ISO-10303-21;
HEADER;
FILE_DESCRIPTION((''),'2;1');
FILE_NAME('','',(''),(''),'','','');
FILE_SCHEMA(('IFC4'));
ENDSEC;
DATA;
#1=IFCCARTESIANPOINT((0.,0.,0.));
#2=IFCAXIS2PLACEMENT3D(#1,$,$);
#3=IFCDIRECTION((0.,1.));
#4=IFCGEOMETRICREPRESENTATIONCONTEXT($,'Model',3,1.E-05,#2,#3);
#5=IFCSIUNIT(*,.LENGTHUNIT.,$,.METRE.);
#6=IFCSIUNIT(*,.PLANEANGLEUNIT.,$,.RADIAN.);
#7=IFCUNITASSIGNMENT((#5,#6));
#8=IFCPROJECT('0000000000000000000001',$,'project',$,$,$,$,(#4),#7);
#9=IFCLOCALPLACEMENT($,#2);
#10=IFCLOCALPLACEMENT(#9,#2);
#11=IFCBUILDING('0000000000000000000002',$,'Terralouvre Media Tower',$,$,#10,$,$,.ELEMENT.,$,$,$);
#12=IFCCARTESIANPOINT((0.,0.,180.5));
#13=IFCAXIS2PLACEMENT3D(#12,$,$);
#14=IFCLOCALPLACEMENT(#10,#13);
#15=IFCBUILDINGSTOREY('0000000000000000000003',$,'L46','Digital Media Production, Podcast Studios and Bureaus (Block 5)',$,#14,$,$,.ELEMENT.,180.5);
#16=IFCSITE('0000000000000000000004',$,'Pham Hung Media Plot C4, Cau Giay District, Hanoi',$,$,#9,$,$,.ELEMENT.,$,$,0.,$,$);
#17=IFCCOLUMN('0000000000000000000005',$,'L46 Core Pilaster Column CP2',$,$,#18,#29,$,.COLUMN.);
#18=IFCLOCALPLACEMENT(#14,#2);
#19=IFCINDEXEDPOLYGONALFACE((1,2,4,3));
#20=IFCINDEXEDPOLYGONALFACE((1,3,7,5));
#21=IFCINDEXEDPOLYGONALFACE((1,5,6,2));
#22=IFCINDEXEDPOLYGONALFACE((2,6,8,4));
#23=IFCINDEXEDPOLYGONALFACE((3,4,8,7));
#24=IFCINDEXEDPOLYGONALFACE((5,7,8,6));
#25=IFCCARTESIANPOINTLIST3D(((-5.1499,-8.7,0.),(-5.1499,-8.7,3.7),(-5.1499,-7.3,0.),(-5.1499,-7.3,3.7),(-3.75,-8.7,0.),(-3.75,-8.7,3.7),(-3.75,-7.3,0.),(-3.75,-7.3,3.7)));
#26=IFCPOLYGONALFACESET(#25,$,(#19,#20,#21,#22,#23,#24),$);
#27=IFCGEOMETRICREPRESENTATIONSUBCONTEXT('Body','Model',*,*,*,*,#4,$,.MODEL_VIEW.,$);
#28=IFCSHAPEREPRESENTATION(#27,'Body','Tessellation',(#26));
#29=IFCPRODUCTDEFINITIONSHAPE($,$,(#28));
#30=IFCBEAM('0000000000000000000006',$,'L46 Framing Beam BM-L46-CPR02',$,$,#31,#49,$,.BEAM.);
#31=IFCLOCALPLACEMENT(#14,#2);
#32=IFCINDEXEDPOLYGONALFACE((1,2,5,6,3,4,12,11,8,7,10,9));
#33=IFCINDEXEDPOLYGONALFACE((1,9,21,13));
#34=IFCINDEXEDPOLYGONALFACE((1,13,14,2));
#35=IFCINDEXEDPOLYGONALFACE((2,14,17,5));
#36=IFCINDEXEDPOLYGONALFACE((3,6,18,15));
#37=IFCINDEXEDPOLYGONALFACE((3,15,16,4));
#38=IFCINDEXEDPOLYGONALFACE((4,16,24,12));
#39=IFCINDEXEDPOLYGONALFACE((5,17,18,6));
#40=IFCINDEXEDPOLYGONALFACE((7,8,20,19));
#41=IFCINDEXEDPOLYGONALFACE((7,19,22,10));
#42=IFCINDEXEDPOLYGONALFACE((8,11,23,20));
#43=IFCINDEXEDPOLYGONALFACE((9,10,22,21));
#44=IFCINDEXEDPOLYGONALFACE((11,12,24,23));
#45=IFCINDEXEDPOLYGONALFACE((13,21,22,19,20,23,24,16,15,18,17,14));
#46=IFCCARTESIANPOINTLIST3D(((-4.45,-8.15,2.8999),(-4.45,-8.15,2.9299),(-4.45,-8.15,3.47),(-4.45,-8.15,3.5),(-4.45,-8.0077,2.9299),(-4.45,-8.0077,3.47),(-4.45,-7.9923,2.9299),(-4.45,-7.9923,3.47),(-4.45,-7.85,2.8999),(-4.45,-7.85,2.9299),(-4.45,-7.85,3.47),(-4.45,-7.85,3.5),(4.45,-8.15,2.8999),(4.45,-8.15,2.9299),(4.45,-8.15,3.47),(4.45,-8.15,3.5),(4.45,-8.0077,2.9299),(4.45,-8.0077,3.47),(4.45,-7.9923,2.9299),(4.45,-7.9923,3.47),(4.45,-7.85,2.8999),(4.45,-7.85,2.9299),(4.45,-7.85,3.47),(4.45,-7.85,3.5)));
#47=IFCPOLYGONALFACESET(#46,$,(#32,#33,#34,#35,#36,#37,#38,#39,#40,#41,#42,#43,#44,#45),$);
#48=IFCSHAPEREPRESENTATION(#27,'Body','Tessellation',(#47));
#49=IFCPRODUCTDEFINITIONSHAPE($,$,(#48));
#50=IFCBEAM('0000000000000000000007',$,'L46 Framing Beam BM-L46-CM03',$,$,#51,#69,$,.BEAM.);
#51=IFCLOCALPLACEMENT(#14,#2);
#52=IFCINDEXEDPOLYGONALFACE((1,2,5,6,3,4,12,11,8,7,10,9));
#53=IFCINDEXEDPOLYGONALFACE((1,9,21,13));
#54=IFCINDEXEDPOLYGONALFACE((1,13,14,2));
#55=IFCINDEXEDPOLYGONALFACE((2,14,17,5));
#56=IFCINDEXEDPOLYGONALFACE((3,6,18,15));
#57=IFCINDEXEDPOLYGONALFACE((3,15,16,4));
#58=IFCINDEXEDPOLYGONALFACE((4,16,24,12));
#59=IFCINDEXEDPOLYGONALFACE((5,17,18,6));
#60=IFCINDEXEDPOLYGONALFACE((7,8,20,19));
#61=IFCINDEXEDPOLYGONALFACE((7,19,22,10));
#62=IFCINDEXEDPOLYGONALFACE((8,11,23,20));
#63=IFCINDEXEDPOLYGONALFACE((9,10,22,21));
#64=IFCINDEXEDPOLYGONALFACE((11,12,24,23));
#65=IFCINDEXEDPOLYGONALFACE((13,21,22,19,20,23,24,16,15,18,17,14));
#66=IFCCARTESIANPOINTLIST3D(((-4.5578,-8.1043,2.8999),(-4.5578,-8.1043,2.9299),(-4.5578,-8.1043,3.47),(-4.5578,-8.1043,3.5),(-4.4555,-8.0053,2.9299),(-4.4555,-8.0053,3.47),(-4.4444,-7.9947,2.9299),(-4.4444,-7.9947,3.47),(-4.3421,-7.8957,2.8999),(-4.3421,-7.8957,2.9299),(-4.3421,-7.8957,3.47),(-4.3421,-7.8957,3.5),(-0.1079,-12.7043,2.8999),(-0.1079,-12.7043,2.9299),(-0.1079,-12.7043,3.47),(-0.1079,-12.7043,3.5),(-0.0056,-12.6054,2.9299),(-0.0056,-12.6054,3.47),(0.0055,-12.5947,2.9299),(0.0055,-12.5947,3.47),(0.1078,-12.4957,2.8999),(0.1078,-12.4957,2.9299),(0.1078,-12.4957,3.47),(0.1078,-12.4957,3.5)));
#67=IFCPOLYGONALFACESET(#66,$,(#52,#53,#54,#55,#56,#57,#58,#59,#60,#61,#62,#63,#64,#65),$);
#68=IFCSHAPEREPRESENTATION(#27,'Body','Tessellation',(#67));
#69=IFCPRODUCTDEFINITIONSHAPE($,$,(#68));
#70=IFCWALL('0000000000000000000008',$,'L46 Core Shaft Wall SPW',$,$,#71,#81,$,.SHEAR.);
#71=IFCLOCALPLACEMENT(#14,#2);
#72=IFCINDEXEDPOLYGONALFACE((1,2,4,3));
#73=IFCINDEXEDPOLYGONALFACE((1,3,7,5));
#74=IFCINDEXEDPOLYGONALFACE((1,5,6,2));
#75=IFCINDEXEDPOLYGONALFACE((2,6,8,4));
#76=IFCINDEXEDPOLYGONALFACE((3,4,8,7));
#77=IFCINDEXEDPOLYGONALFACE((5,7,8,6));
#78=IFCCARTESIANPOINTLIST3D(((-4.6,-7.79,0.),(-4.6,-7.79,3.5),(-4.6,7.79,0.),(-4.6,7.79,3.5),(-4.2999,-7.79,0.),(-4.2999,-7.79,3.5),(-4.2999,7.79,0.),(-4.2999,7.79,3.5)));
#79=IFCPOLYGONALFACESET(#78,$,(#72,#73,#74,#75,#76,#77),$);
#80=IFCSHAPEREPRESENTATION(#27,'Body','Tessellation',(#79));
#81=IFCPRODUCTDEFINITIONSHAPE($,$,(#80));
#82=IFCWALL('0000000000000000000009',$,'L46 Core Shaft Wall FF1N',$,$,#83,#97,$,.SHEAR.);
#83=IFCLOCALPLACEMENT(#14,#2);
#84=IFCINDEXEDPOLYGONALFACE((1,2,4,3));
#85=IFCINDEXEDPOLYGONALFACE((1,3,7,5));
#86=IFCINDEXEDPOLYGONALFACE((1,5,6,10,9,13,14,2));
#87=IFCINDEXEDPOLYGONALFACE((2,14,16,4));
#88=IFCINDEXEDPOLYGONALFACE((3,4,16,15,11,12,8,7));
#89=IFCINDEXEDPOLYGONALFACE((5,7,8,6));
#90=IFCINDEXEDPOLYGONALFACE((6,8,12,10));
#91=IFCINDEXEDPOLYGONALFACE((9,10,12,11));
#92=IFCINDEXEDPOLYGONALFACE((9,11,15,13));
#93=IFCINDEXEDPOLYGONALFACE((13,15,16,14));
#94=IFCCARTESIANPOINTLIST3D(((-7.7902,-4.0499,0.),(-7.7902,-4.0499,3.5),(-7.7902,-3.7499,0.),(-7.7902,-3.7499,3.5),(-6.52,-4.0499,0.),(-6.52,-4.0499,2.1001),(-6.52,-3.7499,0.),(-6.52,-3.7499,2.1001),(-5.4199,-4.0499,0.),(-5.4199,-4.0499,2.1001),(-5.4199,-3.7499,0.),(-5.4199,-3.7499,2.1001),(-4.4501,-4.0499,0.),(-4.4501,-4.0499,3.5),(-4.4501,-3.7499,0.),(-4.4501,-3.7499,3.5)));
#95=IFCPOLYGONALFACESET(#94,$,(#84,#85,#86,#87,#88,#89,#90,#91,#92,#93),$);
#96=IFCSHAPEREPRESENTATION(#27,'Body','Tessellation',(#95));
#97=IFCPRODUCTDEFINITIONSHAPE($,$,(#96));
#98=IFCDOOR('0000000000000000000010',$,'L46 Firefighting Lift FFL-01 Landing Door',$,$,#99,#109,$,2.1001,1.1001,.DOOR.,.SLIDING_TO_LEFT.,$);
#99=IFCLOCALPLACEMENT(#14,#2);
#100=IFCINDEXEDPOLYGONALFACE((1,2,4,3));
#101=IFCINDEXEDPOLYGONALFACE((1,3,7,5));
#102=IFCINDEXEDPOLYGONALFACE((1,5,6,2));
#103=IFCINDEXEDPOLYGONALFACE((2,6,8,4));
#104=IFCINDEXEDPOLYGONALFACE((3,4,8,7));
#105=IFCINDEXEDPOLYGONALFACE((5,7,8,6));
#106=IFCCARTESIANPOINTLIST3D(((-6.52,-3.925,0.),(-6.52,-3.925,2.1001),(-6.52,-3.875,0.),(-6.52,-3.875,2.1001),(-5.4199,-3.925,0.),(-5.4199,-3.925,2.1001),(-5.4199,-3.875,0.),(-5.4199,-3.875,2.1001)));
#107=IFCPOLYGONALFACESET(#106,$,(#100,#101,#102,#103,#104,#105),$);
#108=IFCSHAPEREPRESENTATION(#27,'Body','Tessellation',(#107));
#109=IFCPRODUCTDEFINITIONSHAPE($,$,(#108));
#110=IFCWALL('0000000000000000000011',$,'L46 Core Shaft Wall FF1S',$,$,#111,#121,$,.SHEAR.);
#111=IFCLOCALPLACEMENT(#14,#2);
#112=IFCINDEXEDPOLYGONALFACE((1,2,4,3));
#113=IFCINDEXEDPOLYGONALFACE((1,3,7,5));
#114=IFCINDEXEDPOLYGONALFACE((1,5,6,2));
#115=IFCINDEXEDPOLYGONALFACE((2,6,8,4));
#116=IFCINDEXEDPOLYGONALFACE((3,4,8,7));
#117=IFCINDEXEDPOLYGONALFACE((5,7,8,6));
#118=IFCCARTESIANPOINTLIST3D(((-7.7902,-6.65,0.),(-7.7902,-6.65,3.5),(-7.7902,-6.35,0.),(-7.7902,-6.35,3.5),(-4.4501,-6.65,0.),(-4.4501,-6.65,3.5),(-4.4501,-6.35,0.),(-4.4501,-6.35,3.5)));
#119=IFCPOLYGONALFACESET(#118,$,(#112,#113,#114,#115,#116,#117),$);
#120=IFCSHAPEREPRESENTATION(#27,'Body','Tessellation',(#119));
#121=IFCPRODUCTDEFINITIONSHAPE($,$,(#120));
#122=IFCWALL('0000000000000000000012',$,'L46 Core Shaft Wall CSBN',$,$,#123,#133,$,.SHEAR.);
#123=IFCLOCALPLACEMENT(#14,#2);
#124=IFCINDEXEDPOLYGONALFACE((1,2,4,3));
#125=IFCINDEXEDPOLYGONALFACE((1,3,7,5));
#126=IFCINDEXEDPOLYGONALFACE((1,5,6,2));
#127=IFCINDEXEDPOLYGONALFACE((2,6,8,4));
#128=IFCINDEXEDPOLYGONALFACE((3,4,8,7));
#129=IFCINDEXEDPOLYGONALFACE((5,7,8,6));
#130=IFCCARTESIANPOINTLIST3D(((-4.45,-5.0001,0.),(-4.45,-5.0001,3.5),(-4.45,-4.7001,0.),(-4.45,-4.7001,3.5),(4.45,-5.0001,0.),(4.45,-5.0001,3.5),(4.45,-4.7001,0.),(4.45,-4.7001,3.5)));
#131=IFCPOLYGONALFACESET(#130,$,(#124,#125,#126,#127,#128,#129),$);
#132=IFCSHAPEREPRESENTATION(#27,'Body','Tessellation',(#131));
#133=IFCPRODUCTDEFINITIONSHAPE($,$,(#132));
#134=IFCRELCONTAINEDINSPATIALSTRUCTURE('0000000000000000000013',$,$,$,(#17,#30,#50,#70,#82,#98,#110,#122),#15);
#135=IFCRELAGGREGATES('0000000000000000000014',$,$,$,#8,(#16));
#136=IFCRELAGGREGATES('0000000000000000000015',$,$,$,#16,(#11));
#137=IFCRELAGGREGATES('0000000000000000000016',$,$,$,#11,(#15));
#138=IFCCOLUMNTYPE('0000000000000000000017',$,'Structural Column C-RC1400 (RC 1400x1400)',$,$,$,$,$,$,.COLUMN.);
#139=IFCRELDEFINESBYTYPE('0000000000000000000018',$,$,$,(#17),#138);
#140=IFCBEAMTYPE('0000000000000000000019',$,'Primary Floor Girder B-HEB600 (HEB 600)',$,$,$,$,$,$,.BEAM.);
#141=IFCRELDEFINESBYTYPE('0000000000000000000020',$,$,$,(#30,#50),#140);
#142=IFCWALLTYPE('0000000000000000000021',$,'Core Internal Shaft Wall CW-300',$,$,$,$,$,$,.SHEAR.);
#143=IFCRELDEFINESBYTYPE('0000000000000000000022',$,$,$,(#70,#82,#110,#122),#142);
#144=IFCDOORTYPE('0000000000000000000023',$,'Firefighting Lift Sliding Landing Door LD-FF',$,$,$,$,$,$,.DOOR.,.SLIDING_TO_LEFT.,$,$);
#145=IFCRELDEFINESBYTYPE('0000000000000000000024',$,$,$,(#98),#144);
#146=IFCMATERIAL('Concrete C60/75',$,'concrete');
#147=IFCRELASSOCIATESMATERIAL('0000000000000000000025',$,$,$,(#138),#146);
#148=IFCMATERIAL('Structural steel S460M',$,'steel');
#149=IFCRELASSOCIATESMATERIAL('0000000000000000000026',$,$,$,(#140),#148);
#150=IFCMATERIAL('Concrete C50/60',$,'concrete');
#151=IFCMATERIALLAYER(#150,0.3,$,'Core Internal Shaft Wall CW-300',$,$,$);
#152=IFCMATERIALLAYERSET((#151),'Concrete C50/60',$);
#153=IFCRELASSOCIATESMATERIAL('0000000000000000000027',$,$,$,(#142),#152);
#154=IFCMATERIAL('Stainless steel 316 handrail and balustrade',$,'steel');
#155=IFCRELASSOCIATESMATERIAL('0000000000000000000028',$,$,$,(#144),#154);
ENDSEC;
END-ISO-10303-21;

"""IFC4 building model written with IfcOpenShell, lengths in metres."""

from ifc_helpers import new_model, si_unit, direction, frame, frame_2d, origin, origin_2d, place, context, subcontext, project, spatial, rectangle, i_section, extrude, material, layer, layer_set, material_profile, profile_set, type_object, element, fill, save


model = new_model("IFC4")

# Units and contexts
model_context = context("Model", 3, precision=1e-05, world=origin(), true_north=direction((0.0, 1.0)))
body_context = subcontext(model_context, "Body", "Model", "MODEL_VIEW")
ifc_project = project(units=[si_unit("LENGTHUNIT", "METRE"), si_unit("PLANEANGLEUNIT", "RADIAN")], contexts=[model_context])

# Site, building, storey
site_placement = place(None, origin())
site = spatial("IfcSite", under=ifc_project, at=site_placement, Name="Pham Hung Media Plot C4, Cau Giay District, Hanoi", CompositionType="ELEMENT", RefElevation=0.0)
building_placement = place(site_placement, origin())
building = spatial("IfcBuilding", under=site, at=building_placement, Name="Terralouvre Media Tower", CompositionType="ELEMENT")
storey_placement = place(building_placement, frame((0.0, 0.0, 180.5)))
storey = spatial("IfcBuildingStorey", under=building, at=storey_placement, Name="L46", Description="Digital Media Production, Podcast Studios and Bureaus (Block 5)", CompositionType="ELEMENT", Elevation=180.5)

# Column
ifc_material_1 = material(Name="Concrete C60/75", Category="concrete")
ifc_material_profile_1 = material_profile(ifc_material_1, rectangle(XDim=1.3999, YDim=1.3999, at=origin_2d()), Name="RC 1400x1400")
ifc_profile_set_1 = profile_set([ifc_material_profile_1], Name="Concrete C60/75")
column_type = type_object("IfcColumnType", Name="Structural Column C-RC1400 (RC 1400x1400)", PredefinedType="COLUMN", material=ifc_profile_set_1)
column_placement = place(storey_placement, frame((-4.45, -8.0, 0.0), z_axis=(0.0, 0.0, 1.0), x_axis=(1.0, 0.0, 0.0)))
element("IfcColumn", 1, at=column_placement, inside=storey, type_object=column_type, Name="L46 Core Pilaster Column CP2", PredefinedType="COLUMN", context=body_context, shape_type="SweptSolid", body=[
    extrude(rectangle(XDim=1.3999, YDim=1.3999, at=origin_2d()), origin(), (0.0, 0.0, 1.0), 3.7),
])

# Beams
ifc_material_2 = material(Name="Structural steel S460M", Category="steel")
ifc_material_profile_2 = material_profile(ifc_material_2, i_section(OverallWidth=0.3, OverallDepth=0.6001, WebThickness=0.0154, FlangeThickness=0.03, at=origin_2d()), Name="HEB 600")
ifc_profile_set_2 = profile_set([ifc_material_profile_2], Name="Structural steel S460M")
beam_type = type_object("IfcBeamType", Name="Primary Floor Girder B-HEB600 (HEB 600)", PredefinedType="BEAM", material=ifc_profile_set_2)
beam_1_placement = place(storey_placement, frame((-4.45, -8.0, 3.2), z_axis=(1.0, 0.0, 0.0), x_axis=(0.0, 1.0, 0.0)))
element("IfcBeam", 2, at=beam_1_placement, inside=storey, type_object=beam_type, Name="L46 Framing Beam BM-L46-CPR02", PredefinedType="BEAM", context=body_context, shape_type="SweptSolid", body=[
    extrude(i_section(OverallWidth=0.3, OverallDepth=0.6001, WebThickness=0.0154, FlangeThickness=0.03, at=origin_2d()), origin(), (0.0, 0.0, 1.0), 8.8999),
])
beam_2_placement = place(storey_placement, frame((-4.45, -8.0, 3.2), z_axis=(0.69528, -0.718739, 0.0), x_axis=(0.718739, 0.69528, 0.0)))
element("IfcBeam", 3, at=beam_2_placement, inside=storey, type_object=beam_type, Name="L46 Framing Beam BM-L46-CM03", PredefinedType="BEAM", context=body_context, shape_type="SweptSolid", body=[
    extrude(i_section(OverallWidth=0.3, OverallDepth=0.6001, WebThickness=0.0154, FlangeThickness=0.03, at=origin_2d()), origin(), (0.0, 0.0, 1.0), 6.4001),
])

# Wall
ifc_material_3 = material(Name="Concrete C50/60", Category="concrete")
ifc_layer_1 = layer(ifc_material_3, 0.3, Name="Core Internal Shaft Wall CW-300")
ifc_layer_set_1 = layer_set([ifc_layer_1], Name="Concrete C50/60")
wall_type_1 = type_object("IfcWallType", Name="Core Internal Shaft Wall CW-300", PredefinedType="SHEAR", material=ifc_layer_set_1)
wall_1_placement = place(storey_placement, frame((-4.45, -7.79, 0.0), z_axis=(0.0, 0.0, 1.0), x_axis=(0.0, 1.0, 0.0)))
element("IfcWall", 4, at=wall_1_placement, inside=storey, type_object=wall_type_1, Name="L46 Core Shaft Wall SPW", PredefinedType="SHEAR", context=body_context, shape_type="SweptSolid", body=[
    extrude(rectangle(XDim=15.5801, YDim=0.3, at=frame_2d((7.79, 0.0))), origin(), (0.0, 0.0, 1.0), 3.5),
])

# Wall, opening, door
wall_2_placement = place(storey_placement, frame((-7.79, -3.8999, 0.0), z_axis=(0.0, 0.0, 1.0), x_axis=(1.0, 0.0, 0.0)))
wall_2 = element("IfcWall", 5, at=wall_2_placement, inside=storey, type_object=wall_type_1, Name="L46 Core Shaft Wall FF1N", PredefinedType="SHEAR", context=body_context, shape_type="SweptSolid", body=[
    extrude(rectangle(XDim=3.3401, YDim=0.3, at=frame_2d((1.6699, 0.0))), origin(), (0.0, 0.0, 1.0), 3.5),
])
opening_1_placement = place(wall_2_placement, frame((1.27, 0.0, 0.0)))
opening_1 = element("IfcOpeningElement", 6, at=opening_1_placement, cuts=wall_2, PredefinedType="OPENING", context=body_context, shape_type="SweptSolid", body=[
    extrude(rectangle(XDim=1.1001, YDim=2.1001, at=frame_2d((0.55, 1.05))), frame((0.0, 0.1599, 0.0), z_axis=(0.0, -1.0, 0.0), x_axis=(1.0, 0.0, 0.0)), (0.0, 0.0, 1.0), 0.3201),
])
ifc_material_4 = material(Name="Stainless steel 316 handrail and balustrade", Category="steel")
door_type_1 = type_object("IfcDoorType", Name="Firefighting Lift Sliding Landing Door LD-FF", OperationType="SLIDING_TO_LEFT", PredefinedType="DOOR", material=ifc_material_4)
door_1_placement = place(opening_1_placement, origin())
door_1 = element("IfcDoor", 7, at=door_1_placement, inside=storey, type_object=door_type_1, Name="L46 Firefighting Lift FFL-01 Landing Door", OperationType="SLIDING_TO_LEFT", OverallHeight=2.1001, OverallWidth=1.1001, PredefinedType="DOOR", context=body_context, shape_type="SweptSolid", body=[
    extrude(rectangle(XDim=1.1001, YDim=2.1001, at=frame_2d((0.55, 1.05))), frame((0.0, 0.0249, 0.0), z_axis=(0.0, -1.0, 0.0), x_axis=(1.0, 0.0, 0.0)), (0.0, 0.0, 1.0), 0.05),
])
fill(opening_1, door_1)

# Walls
wall_3_placement = place(storey_placement, frame((-7.79, -6.5, 0.0), z_axis=(0.0, 0.0, 1.0), x_axis=(1.0, 0.0, 0.0)))
element("IfcWall", 8, at=wall_3_placement, inside=storey, type_object=wall_type_1, Name="L46 Core Shaft Wall FF1S", PredefinedType="SHEAR", context=body_context, shape_type="SweptSolid", body=[
    extrude(rectangle(XDim=3.3401, YDim=0.3, at=frame_2d((1.6699, 0.0))), origin(), (0.0, 0.0, 1.0), 3.5),
])
wall_4_placement = place(storey_placement, frame((-4.45, -4.8501, 0.0), z_axis=(0.0, 0.0, 1.0), x_axis=(1.0, 0.0, 0.0)))
element("IfcWall", 9, at=wall_4_placement, inside=storey, type_object=wall_type_1, Name="L46 Core Shaft Wall CSBN", PredefinedType="SHEAR", context=body_context, shape_type="SweptSolid", body=[
    extrude(rectangle(XDim=8.8999, YDim=0.3, at=frame_2d((4.45, 0.0))), origin(), (0.0, 0.0, 1.0), 3.5),
])

save(model, "model.ifc")
